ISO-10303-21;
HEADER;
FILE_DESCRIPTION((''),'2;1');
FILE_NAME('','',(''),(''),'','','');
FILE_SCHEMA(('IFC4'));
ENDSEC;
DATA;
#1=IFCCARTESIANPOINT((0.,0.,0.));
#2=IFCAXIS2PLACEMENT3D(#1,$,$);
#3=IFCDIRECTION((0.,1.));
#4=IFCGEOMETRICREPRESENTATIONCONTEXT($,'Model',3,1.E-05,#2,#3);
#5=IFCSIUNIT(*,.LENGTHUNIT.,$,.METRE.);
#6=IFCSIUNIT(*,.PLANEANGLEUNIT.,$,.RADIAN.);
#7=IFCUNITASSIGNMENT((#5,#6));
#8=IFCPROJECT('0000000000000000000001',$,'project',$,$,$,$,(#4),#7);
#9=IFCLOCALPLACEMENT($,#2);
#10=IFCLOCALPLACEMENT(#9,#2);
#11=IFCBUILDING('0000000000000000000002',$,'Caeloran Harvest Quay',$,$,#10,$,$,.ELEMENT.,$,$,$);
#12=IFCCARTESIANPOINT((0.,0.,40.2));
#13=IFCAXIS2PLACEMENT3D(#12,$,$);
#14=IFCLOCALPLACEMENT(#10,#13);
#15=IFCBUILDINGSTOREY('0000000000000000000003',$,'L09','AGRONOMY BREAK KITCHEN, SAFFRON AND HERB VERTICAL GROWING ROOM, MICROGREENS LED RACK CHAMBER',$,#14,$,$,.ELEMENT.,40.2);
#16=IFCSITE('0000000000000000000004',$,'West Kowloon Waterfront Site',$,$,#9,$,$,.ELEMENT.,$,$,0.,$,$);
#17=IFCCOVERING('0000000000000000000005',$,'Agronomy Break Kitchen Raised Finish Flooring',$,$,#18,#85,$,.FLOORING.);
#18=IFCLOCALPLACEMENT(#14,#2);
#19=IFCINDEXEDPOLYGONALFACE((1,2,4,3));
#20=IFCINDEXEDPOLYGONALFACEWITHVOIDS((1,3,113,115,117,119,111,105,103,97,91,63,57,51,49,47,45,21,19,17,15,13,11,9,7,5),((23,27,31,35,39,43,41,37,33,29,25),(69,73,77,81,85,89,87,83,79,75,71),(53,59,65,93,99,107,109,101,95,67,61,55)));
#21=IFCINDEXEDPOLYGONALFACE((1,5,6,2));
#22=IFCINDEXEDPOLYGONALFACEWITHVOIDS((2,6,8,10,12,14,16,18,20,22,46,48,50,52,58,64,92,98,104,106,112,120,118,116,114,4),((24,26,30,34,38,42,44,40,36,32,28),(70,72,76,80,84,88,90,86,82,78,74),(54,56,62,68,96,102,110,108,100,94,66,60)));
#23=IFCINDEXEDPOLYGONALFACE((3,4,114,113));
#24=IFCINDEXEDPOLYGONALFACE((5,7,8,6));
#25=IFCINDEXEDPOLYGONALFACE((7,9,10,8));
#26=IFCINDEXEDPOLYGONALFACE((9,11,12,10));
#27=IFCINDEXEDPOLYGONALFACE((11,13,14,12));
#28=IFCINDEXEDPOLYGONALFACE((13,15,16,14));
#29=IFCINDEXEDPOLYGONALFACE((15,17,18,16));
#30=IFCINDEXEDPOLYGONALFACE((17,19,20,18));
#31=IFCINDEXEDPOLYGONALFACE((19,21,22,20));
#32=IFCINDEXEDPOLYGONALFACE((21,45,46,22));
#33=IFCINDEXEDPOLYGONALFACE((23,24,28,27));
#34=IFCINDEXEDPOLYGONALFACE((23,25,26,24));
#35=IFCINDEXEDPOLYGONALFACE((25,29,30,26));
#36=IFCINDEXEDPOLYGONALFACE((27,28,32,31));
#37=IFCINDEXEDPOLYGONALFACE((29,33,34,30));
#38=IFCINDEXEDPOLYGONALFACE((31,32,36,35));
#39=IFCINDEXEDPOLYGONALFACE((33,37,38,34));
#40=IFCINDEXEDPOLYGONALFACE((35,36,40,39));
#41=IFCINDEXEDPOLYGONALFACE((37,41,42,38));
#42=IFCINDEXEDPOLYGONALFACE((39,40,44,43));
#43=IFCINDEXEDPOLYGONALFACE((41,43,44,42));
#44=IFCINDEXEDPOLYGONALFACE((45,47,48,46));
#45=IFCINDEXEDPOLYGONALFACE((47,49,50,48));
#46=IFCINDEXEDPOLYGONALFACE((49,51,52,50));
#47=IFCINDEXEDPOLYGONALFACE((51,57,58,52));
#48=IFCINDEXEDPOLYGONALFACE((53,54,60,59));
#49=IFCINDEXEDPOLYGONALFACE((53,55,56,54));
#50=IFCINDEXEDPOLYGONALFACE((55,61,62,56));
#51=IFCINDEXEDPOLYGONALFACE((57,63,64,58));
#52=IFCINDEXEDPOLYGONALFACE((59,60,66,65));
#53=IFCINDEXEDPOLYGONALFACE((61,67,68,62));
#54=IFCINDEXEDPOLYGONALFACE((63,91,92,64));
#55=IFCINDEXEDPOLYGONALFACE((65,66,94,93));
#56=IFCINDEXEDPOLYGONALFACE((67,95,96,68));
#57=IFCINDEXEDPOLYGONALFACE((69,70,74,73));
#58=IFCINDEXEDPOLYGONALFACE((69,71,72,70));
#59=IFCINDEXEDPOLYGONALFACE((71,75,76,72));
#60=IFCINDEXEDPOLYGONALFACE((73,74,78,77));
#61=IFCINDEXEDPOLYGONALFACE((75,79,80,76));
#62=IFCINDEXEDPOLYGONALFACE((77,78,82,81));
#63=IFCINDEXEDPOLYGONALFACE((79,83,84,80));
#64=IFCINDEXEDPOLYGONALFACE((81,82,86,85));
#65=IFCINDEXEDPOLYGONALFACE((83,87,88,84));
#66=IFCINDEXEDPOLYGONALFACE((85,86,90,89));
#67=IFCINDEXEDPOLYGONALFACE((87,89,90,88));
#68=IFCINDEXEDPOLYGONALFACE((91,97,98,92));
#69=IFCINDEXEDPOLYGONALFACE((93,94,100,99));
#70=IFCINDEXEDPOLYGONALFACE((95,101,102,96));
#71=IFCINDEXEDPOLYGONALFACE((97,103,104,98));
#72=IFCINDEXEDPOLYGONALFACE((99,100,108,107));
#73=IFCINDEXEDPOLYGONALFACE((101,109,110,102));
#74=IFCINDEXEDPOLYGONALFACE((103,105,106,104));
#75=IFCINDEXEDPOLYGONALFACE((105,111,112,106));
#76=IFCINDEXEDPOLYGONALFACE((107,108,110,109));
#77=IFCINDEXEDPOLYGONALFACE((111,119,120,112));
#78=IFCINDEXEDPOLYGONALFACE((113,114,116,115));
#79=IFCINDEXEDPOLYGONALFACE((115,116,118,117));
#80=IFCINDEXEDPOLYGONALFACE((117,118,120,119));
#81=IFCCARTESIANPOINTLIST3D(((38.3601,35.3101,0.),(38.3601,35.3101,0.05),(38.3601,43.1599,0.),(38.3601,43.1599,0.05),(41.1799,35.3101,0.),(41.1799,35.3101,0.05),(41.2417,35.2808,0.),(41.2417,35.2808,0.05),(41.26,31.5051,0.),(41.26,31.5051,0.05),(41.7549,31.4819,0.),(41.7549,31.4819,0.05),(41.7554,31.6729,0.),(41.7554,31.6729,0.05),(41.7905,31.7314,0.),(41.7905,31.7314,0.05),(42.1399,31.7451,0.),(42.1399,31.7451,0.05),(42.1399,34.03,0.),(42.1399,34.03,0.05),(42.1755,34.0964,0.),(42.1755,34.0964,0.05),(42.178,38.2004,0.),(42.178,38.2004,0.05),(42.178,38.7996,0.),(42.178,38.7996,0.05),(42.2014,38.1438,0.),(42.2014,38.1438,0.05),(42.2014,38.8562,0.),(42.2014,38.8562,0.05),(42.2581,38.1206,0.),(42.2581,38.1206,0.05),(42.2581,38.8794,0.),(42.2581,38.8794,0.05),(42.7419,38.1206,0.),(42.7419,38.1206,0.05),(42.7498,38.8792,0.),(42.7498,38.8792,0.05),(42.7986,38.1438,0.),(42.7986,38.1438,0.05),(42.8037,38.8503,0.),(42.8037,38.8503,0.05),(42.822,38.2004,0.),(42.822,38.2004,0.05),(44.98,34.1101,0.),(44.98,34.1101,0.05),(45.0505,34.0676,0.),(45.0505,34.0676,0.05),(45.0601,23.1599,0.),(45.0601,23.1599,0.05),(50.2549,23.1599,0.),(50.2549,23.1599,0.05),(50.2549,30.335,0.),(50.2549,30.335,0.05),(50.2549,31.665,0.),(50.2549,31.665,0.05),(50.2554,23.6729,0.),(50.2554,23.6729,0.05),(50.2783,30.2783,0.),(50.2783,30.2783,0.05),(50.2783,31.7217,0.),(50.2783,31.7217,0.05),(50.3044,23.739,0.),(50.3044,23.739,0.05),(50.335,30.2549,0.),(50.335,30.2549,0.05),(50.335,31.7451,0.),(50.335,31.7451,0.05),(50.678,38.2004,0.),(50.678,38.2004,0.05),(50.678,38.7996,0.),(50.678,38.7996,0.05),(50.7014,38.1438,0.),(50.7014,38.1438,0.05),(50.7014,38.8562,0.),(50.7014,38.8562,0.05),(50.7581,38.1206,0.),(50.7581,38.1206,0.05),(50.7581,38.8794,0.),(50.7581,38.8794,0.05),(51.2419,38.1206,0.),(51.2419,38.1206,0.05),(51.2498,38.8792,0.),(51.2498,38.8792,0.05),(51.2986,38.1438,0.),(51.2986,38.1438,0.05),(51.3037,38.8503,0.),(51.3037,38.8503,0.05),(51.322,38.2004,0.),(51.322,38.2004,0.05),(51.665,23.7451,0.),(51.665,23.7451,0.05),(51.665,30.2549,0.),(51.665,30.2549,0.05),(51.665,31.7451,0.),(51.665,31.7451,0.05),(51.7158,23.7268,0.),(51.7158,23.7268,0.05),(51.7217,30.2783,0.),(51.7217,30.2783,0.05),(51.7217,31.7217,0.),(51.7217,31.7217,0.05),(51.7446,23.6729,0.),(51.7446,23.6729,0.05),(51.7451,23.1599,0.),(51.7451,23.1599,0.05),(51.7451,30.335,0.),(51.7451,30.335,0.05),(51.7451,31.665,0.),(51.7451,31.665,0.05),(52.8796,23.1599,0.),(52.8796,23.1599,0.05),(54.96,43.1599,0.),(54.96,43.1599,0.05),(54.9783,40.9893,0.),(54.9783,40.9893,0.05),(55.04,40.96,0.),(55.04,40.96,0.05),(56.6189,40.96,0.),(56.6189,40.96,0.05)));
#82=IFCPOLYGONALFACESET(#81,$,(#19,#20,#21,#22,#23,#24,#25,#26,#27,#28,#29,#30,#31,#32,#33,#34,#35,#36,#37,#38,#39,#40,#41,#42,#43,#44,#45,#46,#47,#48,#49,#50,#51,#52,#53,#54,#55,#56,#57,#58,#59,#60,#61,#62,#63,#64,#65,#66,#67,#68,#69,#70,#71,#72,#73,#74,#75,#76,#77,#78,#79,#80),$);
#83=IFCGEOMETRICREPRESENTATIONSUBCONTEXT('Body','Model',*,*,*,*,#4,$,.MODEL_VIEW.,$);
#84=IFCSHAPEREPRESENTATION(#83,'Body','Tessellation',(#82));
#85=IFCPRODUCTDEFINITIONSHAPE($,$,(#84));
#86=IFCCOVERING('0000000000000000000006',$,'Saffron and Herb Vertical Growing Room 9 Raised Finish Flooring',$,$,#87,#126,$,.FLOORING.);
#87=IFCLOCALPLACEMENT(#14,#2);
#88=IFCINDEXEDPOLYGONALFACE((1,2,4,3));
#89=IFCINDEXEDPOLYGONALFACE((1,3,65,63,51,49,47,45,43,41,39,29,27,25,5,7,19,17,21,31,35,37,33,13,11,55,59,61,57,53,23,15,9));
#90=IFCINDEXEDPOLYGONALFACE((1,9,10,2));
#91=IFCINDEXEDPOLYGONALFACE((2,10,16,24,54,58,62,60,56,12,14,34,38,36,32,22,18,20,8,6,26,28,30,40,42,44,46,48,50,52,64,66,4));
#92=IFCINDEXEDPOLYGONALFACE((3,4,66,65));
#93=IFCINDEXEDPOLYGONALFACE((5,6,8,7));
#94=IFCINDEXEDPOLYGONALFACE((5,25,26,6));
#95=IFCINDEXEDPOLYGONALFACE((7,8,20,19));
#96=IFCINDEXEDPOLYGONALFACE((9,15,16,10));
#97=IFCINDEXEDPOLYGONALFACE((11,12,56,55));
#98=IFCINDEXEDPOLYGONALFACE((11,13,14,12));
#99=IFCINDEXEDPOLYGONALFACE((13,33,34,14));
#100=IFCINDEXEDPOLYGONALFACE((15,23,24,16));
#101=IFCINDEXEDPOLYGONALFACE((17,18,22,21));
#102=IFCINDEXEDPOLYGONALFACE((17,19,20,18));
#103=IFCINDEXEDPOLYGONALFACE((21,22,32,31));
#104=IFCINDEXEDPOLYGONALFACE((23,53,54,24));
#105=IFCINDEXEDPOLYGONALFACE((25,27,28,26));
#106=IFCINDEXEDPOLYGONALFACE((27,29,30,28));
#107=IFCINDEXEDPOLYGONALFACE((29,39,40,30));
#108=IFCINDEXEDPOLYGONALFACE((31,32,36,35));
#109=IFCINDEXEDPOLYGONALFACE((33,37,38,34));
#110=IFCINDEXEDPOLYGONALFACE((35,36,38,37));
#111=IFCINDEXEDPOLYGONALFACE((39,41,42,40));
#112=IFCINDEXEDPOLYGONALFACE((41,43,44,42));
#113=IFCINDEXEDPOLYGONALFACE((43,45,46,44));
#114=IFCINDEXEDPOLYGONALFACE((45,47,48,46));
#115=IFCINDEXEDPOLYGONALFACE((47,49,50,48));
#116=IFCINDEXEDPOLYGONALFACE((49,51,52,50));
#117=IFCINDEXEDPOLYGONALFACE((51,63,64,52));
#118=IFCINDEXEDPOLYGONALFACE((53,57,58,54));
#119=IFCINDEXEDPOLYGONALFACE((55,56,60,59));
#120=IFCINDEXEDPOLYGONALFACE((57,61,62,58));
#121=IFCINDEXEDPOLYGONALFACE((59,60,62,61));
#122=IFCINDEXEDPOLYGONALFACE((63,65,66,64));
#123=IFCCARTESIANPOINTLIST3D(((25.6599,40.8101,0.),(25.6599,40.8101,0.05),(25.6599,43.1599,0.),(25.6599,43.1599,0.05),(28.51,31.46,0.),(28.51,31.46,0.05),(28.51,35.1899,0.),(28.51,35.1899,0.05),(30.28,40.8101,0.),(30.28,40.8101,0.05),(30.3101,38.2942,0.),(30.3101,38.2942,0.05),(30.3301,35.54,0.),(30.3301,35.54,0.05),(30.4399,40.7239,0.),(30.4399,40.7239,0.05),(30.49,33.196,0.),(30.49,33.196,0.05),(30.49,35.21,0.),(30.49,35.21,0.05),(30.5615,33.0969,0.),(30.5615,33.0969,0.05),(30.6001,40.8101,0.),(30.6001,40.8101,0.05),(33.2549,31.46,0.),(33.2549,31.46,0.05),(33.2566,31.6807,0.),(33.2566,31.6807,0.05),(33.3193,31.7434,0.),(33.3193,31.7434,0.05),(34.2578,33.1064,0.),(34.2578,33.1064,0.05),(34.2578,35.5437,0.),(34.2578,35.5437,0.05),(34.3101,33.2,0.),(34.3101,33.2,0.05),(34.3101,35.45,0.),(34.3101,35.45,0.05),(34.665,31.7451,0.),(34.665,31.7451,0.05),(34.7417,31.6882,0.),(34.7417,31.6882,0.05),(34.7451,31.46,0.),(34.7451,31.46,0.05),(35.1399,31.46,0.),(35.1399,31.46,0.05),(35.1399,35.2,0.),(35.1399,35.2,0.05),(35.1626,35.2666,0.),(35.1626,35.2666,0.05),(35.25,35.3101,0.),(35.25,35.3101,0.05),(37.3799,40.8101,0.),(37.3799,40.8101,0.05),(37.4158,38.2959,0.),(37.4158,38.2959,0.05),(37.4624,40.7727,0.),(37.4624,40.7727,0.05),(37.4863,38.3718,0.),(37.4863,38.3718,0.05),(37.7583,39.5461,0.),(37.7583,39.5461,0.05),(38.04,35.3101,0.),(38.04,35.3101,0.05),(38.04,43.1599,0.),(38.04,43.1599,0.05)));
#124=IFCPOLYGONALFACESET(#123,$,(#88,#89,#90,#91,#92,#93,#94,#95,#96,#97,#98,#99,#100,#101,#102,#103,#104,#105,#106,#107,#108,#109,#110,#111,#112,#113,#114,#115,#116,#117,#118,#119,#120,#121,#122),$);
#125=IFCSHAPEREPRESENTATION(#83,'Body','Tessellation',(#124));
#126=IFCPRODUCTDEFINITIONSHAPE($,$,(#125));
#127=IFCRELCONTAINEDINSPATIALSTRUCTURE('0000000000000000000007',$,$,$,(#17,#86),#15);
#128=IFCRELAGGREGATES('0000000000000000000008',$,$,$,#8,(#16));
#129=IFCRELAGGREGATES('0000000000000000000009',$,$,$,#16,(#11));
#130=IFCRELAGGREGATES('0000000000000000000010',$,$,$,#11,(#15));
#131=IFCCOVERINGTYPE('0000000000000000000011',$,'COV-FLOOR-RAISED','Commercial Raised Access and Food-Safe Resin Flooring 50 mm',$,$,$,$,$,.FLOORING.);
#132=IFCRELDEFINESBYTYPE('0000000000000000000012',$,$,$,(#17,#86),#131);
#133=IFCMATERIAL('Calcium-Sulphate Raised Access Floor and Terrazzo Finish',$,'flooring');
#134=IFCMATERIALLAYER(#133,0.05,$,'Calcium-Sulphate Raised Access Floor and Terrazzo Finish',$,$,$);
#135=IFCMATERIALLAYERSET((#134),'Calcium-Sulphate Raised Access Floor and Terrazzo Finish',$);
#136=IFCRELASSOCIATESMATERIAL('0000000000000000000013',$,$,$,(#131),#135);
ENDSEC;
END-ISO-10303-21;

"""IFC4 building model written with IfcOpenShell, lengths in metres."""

from ifc_helpers import new_model, si_unit, direction, frame, origin, place, context, subcontext, project, spatial, polyline, outline, extrude, material, layer, layer_set, type_object, element, save


model = new_model("IFC4")

# Units and contexts
model_context = context("Model", 3, precision=1e-05, world=origin(), true_north=direction((0.0, 1.0)))
body_context = subcontext(model_context, "Body", "Model", "MODEL_VIEW")
ifc_project = project(units=[si_unit("LENGTHUNIT", "METRE"), si_unit("PLANEANGLEUNIT", "RADIAN")], contexts=[model_context])

# Site, building, storey
site_placement = place(None, origin())
site = spatial("IfcSite", under=ifc_project, at=site_placement, Name="West Kowloon Waterfront Site", CompositionType="ELEMENT", RefElevation=0.0)
building_placement = place(site_placement, origin())
building = spatial("IfcBuilding", under=site, at=building_placement, Name="Caeloran Harvest Quay", CompositionType="ELEMENT")
storey_placement = place(building_placement, frame((0.0, 0.0, 40.2)))
storey = spatial("IfcBuildingStorey", under=building, at=storey_placement, Name="L09", Description="AGRONOMY BREAK KITCHEN, SAFFRON AND HERB VERTICAL GROWING ROOM, MICROGREENS LED RACK CHAMBER", CompositionType="ELEMENT", Elevation=40.2)

# Coverings
ifc_material_1 = material(Name="Calcium-Sulphate Raised Access Floor and Terrazzo Finish", Category="flooring")
ifc_layer_1 = layer(ifc_material_1, 0.05, Name="Calcium-Sulphate Raised Access Floor and Terrazzo Finish")
ifc_layer_set_1 = layer_set([ifc_layer_1], Name="Calcium-Sulphate Raised Access Floor and Terrazzo Finish")
covering_type_1 = type_object("IfcCoveringType", Name="COV-FLOOR-RAISED", Description="Commercial Raised Access and Food-Safe Resin Flooring 50 mm", PredefinedType="FLOORING", material=ifc_layer_set_1)
covering_1_placement = place(storey_placement, origin())
element("IfcCovering", 1, at=covering_1_placement, inside=storey, type_object=covering_type_1, Name="Agronomy Break Kitchen Raised Finish Flooring", PredefinedType="FLOORING", context=body_context, shape_type="SweptSolid", body=[
    extrude(outline(polyline([(38.3601, 35.3101), (38.3601, 43.1599), (54.96, 43.1599), (54.9783, 40.9893), (55.04, 40.96), (56.6189, 40.96), (52.8796, 23.1599), (51.7451, 23.1599), (51.7446, 23.6729), (51.7158, 23.7268), (51.665, 23.7451), (50.3044, 23.739), (50.2554, 23.6729), (50.2549, 23.1599), (45.0601, 23.1599), (45.0505, 34.0676), (44.98, 34.1101), (42.1755, 34.0964), (42.1399, 34.03), (42.1399, 31.7451), (41.7905, 31.7314), (41.7554, 31.6729), (41.7549, 31.4819), (41.26, 31.5051), (41.2417, 35.2808), (41.1799, 35.3101), (38.3601, 35.3101)]), holes=[polyline([(51.7451, 31.665), (51.7217, 31.7217), (51.665, 31.7451), (50.335, 31.7451), (50.2783, 31.7217), (50.2549, 31.665), (50.2549, 30.335), (50.2783, 30.2783), (50.335, 30.2549), (51.665, 30.2549), (51.7217, 30.2783), (51.7451, 30.335), (51.7451, 31.665)]), polyline([(51.322, 38.2004), (51.3037, 38.8503), (51.2498, 38.8792), (50.7581, 38.8794), (50.7014, 38.8562), (50.678, 38.7996), (50.678, 38.2004), (50.7014, 38.1438), (50.7581, 38.1206), (51.2419, 38.1206), (51.2986, 38.1438), (51.322, 38.2004)]), polyline([(42.822, 38.2004), (42.8037, 38.8503), (42.7498, 38.8792), (42.2581, 38.8794), (42.2014, 38.8562), (42.178, 38.7996), (42.178, 38.2004), (42.2014, 38.1438), (42.2581, 38.1206), (42.7419, 38.1206), (42.7986, 38.1438), (42.822, 38.2004)])]), origin(), (0.0, 0.0, 1.0), 0.05),
])
covering_2_placement = place(storey_placement, origin())
element("IfcCovering", 2, at=covering_2_placement, inside=storey, type_object=covering_type_1, Name="Saffron and Herb Vertical Growing Room 9 Raised Finish Flooring", PredefinedType="FLOORING", context=body_context, shape_type="SweptSolid", body=[
    extrude(outline(polyline([(30.28, 40.8101), (25.6599, 40.8101), (25.6599, 43.1599), (38.04, 43.1599), (38.04, 35.3101), (35.25, 35.3101), (35.1626, 35.2666), (35.1399, 35.2), (35.1399, 31.46), (34.7451, 31.46), (34.7417, 31.6882), (34.665, 31.7451), (33.3193, 31.7434), (33.2566, 31.6807), (33.2549, 31.46), (28.51, 31.46), (28.51, 35.1899), (30.49, 35.21), (30.49, 33.196), (30.5615, 33.0969), (34.2578, 33.1064), (34.3101, 33.2), (34.3101, 35.45), (34.2578, 35.5437), (30.3301, 35.54), (30.3101, 38.2942), (37.4158, 38.2959), (37.4863, 38.3718), (37.7583, 39.5461), (37.4624, 40.7727), (37.3799, 40.8101), (30.6001, 40.8101), (30.4399, 40.7239), (30.28, 40.8101)])), origin(), (0.0, 0.0, 1.0), 0.05),
])

save(model, "model.ifc")
